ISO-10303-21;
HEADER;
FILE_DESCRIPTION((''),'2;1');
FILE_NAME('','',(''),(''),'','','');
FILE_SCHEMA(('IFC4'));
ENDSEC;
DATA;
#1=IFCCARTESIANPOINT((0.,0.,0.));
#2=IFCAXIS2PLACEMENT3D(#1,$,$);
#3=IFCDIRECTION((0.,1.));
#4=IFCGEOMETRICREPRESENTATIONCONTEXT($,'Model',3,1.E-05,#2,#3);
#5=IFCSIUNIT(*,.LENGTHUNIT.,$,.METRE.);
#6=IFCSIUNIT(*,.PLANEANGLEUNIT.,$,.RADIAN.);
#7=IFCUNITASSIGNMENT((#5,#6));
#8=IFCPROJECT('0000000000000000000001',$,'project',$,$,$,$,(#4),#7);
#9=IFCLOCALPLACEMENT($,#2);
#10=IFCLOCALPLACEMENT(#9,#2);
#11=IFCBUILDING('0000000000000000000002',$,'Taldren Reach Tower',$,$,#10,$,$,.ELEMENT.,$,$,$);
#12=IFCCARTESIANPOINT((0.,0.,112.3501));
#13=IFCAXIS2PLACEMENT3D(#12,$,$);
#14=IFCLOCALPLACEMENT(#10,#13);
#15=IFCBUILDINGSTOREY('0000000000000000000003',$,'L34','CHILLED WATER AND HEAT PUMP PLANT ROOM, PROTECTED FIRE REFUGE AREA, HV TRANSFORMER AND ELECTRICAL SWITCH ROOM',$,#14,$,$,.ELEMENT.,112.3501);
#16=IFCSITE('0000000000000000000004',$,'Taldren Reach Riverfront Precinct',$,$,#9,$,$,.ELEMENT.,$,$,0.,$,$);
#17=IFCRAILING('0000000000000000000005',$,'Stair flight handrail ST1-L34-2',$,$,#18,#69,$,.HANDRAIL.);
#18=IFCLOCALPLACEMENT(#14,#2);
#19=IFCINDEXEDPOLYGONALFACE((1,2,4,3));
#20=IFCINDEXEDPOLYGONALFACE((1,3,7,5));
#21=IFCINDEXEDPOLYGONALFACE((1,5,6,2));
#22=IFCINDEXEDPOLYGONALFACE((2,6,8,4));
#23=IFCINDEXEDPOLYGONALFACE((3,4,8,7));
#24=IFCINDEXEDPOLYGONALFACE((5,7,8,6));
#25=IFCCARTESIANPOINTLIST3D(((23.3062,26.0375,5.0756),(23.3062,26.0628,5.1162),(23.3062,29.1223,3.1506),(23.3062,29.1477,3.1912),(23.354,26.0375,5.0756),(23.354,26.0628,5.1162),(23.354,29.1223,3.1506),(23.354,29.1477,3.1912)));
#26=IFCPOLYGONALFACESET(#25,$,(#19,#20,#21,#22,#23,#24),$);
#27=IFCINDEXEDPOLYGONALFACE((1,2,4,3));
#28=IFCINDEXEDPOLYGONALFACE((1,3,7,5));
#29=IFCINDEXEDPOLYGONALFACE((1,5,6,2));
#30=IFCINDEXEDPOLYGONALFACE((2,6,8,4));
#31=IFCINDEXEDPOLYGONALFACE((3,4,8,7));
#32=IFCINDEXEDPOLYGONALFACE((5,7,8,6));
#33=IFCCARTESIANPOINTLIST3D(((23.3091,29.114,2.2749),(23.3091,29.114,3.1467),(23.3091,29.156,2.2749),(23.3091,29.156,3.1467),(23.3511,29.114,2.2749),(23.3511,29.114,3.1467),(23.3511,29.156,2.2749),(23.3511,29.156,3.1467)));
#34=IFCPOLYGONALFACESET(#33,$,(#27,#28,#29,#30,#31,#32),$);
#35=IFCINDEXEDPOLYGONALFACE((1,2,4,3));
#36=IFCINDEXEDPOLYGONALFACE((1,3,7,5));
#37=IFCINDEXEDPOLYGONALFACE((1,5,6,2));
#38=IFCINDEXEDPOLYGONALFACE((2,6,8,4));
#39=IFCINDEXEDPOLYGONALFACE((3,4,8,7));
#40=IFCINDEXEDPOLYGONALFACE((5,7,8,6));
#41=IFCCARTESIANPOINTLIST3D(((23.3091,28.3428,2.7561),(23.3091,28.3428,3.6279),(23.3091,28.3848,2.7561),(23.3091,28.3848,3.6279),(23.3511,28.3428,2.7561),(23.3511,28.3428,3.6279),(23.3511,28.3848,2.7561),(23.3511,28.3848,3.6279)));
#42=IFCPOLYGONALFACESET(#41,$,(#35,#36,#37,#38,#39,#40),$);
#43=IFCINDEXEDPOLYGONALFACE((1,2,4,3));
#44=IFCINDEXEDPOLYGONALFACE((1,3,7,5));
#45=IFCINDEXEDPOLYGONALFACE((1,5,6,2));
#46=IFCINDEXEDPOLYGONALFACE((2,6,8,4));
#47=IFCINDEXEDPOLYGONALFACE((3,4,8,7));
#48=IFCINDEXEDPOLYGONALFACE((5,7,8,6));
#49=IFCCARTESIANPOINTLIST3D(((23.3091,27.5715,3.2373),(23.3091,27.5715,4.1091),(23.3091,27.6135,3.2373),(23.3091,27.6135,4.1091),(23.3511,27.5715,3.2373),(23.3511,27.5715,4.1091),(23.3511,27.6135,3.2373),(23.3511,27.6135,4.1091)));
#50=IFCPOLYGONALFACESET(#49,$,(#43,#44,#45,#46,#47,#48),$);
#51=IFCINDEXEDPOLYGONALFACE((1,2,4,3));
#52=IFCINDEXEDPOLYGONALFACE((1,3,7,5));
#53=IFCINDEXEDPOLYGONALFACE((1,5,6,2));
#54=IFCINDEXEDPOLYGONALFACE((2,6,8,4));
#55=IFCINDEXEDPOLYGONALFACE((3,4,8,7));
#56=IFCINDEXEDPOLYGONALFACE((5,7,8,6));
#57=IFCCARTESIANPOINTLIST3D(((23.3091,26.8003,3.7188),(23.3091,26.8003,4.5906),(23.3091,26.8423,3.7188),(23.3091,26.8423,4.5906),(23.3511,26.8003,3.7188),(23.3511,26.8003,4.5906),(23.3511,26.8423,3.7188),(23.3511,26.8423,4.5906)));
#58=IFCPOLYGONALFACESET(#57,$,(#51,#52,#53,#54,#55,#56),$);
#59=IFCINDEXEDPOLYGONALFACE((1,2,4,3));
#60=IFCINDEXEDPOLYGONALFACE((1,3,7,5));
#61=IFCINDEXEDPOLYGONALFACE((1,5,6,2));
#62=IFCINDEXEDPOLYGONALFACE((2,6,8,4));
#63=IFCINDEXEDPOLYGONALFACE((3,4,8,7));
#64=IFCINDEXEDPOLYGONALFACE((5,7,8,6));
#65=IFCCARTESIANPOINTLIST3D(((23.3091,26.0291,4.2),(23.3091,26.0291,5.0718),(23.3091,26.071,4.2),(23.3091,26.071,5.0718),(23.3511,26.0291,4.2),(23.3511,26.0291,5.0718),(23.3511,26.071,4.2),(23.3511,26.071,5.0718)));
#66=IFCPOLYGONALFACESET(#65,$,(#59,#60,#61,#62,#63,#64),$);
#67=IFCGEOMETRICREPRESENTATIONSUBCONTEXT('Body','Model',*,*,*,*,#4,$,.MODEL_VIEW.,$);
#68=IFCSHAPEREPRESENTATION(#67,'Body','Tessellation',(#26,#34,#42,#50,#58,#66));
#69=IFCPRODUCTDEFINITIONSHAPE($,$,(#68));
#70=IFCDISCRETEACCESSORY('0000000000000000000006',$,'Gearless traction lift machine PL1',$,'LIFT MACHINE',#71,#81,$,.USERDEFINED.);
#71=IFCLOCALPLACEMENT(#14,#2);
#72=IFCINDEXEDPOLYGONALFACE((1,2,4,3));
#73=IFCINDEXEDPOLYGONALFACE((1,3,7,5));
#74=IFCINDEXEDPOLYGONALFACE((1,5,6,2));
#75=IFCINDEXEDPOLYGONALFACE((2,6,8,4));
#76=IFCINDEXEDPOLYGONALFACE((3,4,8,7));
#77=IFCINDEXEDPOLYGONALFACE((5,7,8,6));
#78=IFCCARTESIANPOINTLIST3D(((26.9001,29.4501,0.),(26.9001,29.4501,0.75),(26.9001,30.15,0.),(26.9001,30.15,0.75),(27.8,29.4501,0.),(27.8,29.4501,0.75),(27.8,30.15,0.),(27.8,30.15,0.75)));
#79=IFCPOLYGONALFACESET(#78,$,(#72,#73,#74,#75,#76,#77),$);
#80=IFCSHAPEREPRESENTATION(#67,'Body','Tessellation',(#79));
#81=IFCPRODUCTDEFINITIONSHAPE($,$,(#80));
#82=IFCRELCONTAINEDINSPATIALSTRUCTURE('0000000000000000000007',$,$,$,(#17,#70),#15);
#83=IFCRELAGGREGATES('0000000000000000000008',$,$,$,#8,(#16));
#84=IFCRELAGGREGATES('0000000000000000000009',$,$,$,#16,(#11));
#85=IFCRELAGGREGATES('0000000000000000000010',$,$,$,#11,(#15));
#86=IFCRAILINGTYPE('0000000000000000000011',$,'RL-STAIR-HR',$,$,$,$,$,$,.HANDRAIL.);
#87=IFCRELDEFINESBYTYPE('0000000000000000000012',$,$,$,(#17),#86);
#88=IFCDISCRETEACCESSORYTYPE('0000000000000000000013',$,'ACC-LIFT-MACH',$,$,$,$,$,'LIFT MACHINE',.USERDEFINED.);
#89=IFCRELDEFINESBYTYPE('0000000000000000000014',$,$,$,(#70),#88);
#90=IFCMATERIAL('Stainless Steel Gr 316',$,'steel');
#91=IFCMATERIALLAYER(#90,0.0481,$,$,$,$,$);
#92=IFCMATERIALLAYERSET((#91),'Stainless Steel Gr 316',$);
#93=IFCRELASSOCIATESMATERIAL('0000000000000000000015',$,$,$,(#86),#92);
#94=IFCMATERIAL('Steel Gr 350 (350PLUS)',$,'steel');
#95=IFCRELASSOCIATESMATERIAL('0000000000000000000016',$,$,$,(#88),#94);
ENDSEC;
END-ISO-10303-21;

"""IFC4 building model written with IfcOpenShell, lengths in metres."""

from ifc_helpers import new_model, si_unit, direction, frame, origin, origin_2d, place, context, subcontext, project, spatial, rectangle, extrude, source, transform, mapped, material, layer, layer_set, type_object, element, save


model = new_model("IFC4")

# Units and contexts
model_context = context("Model", 3, precision=1e-05, world=origin(), true_north=direction((0.0, 1.0)))
body_context = subcontext(model_context, "Body", "Model", "MODEL_VIEW")
ifc_project = project(units=[si_unit("LENGTHUNIT", "METRE"), si_unit("PLANEANGLEUNIT", "RADIAN")], contexts=[model_context])

# Site, building, storey
site_placement = place(None, origin())
site = spatial("IfcSite", under=ifc_project, at=site_placement, Name="Taldren Reach Riverfront Precinct", CompositionType="ELEMENT", RefElevation=0.0)
building_placement = place(site_placement, origin())
building = spatial("IfcBuilding", under=site, at=building_placement, Name="Taldren Reach Tower", CompositionType="ELEMENT")
storey_placement = place(building_placement, frame((0.0, 0.0, 112.3501)))
storey = spatial("IfcBuildingStorey", under=building, at=storey_placement, Name="L34", Description="CHILLED WATER AND HEAT PUMP PLANT ROOM, PROTECTED FIRE REFUGE AREA, HV TRANSFORMER AND ELECTRICAL SWITCH ROOM", CompositionType="ELEMENT", Elevation=112.3501)

# Shared definitions
ifc_material_1 = material(Name="Steel Gr 350 (350PLUS)", Category="steel")

# Railing
ifc_material_2 = material(Name="Stainless Steel Gr 316", Category="steel")
ifc_layer_1 = layer(ifc_material_2, 0.0481)
ifc_layer_set_1 = layer_set([ifc_layer_1], Name="Stainless Steel Gr 316")
railing_type_1 = type_object("IfcRailingType", Name="RL-STAIR-HR", PredefinedType="HANDRAIL", material=ifc_layer_set_1)
railing_1_placement = place(storey_placement, frame((23.3301, 29.135, 2.2749)))
element("IfcRailing", 1, at=railing_1_placement, inside=storey, type_object=railing_type_1, Name="Stair flight handrail ST1-L34-2", PredefinedType="HANDRAIL", context=body_context, shape_type="SweptSolid", body=[
    extrude(rectangle(XDim=0.0479, YDim=0.0479, at=origin_2d()), frame((0.0, 0.0, 0.896), z_axis=(0.0, -0.848375, 0.529395), x_axis=(1.0, 0.0, 0.0)), (0.0, 0.0, 1.0), 3.6362),
    extrude(rectangle(XDim=0.042, YDim=0.042, at=origin_2d()), origin(), (0.0, 0.0, 1.0), 0.8718),
    extrude(rectangle(XDim=0.042, YDim=0.042, at=origin_2d()), frame((0.0, -0.7712, 0.4812)), (0.0, 0.0, 1.0), 0.8718),
    extrude(rectangle(XDim=0.042, YDim=0.042, at=origin_2d()), frame((0.0, -1.5425, 0.9624)), (0.0, 0.0, 1.0), 0.8718),
    extrude(rectangle(XDim=0.042, YDim=0.042, at=origin_2d()), frame((0.0, -2.3137, 1.4438)), (0.0, 0.0, 1.0), 0.8718),
    extrude(rectangle(XDim=0.042, YDim=0.042, at=origin_2d()), frame((0.0, -3.085, 1.925)), (0.0, 0.0, 1.0), 0.8718),
])

# Discrete accessory
discrete_accessory_type = type_object("IfcDiscreteAccessoryType", Name="ACC-LIFT-MACH", ElementType="LIFT MACHINE", PredefinedType="USERDEFINED", material=ifc_material_1)
shared_shape_1 = source(origin(), body_context, "Body", "SweptSolid", [
    extrude(rectangle(XDim=0.8999, YDim=0.7, at=origin_2d()), origin(), (0.0, 0.0, 1.0), 0.75),
])
discrete_accessory_placement = place(storey_placement, frame((27.3501, 29.8, 0.0), z_axis=(0.0, 0.0, 1.0), x_axis=(1.0, 0.0, 0.0)))
element("IfcDiscreteAccessory", 2, at=discrete_accessory_placement, inside=storey, type_object=discrete_accessory_type, Name="Gearless traction lift machine PL1", ObjectType="LIFT MACHINE", PredefinedType="USERDEFINED", context=body_context, shape_type="MappedRepresentation", body=[
    mapped(shared_shape_1, transform((0.0, 0.0, 0.0), scale=1.0)),
])

save(model, "model.ifc")
